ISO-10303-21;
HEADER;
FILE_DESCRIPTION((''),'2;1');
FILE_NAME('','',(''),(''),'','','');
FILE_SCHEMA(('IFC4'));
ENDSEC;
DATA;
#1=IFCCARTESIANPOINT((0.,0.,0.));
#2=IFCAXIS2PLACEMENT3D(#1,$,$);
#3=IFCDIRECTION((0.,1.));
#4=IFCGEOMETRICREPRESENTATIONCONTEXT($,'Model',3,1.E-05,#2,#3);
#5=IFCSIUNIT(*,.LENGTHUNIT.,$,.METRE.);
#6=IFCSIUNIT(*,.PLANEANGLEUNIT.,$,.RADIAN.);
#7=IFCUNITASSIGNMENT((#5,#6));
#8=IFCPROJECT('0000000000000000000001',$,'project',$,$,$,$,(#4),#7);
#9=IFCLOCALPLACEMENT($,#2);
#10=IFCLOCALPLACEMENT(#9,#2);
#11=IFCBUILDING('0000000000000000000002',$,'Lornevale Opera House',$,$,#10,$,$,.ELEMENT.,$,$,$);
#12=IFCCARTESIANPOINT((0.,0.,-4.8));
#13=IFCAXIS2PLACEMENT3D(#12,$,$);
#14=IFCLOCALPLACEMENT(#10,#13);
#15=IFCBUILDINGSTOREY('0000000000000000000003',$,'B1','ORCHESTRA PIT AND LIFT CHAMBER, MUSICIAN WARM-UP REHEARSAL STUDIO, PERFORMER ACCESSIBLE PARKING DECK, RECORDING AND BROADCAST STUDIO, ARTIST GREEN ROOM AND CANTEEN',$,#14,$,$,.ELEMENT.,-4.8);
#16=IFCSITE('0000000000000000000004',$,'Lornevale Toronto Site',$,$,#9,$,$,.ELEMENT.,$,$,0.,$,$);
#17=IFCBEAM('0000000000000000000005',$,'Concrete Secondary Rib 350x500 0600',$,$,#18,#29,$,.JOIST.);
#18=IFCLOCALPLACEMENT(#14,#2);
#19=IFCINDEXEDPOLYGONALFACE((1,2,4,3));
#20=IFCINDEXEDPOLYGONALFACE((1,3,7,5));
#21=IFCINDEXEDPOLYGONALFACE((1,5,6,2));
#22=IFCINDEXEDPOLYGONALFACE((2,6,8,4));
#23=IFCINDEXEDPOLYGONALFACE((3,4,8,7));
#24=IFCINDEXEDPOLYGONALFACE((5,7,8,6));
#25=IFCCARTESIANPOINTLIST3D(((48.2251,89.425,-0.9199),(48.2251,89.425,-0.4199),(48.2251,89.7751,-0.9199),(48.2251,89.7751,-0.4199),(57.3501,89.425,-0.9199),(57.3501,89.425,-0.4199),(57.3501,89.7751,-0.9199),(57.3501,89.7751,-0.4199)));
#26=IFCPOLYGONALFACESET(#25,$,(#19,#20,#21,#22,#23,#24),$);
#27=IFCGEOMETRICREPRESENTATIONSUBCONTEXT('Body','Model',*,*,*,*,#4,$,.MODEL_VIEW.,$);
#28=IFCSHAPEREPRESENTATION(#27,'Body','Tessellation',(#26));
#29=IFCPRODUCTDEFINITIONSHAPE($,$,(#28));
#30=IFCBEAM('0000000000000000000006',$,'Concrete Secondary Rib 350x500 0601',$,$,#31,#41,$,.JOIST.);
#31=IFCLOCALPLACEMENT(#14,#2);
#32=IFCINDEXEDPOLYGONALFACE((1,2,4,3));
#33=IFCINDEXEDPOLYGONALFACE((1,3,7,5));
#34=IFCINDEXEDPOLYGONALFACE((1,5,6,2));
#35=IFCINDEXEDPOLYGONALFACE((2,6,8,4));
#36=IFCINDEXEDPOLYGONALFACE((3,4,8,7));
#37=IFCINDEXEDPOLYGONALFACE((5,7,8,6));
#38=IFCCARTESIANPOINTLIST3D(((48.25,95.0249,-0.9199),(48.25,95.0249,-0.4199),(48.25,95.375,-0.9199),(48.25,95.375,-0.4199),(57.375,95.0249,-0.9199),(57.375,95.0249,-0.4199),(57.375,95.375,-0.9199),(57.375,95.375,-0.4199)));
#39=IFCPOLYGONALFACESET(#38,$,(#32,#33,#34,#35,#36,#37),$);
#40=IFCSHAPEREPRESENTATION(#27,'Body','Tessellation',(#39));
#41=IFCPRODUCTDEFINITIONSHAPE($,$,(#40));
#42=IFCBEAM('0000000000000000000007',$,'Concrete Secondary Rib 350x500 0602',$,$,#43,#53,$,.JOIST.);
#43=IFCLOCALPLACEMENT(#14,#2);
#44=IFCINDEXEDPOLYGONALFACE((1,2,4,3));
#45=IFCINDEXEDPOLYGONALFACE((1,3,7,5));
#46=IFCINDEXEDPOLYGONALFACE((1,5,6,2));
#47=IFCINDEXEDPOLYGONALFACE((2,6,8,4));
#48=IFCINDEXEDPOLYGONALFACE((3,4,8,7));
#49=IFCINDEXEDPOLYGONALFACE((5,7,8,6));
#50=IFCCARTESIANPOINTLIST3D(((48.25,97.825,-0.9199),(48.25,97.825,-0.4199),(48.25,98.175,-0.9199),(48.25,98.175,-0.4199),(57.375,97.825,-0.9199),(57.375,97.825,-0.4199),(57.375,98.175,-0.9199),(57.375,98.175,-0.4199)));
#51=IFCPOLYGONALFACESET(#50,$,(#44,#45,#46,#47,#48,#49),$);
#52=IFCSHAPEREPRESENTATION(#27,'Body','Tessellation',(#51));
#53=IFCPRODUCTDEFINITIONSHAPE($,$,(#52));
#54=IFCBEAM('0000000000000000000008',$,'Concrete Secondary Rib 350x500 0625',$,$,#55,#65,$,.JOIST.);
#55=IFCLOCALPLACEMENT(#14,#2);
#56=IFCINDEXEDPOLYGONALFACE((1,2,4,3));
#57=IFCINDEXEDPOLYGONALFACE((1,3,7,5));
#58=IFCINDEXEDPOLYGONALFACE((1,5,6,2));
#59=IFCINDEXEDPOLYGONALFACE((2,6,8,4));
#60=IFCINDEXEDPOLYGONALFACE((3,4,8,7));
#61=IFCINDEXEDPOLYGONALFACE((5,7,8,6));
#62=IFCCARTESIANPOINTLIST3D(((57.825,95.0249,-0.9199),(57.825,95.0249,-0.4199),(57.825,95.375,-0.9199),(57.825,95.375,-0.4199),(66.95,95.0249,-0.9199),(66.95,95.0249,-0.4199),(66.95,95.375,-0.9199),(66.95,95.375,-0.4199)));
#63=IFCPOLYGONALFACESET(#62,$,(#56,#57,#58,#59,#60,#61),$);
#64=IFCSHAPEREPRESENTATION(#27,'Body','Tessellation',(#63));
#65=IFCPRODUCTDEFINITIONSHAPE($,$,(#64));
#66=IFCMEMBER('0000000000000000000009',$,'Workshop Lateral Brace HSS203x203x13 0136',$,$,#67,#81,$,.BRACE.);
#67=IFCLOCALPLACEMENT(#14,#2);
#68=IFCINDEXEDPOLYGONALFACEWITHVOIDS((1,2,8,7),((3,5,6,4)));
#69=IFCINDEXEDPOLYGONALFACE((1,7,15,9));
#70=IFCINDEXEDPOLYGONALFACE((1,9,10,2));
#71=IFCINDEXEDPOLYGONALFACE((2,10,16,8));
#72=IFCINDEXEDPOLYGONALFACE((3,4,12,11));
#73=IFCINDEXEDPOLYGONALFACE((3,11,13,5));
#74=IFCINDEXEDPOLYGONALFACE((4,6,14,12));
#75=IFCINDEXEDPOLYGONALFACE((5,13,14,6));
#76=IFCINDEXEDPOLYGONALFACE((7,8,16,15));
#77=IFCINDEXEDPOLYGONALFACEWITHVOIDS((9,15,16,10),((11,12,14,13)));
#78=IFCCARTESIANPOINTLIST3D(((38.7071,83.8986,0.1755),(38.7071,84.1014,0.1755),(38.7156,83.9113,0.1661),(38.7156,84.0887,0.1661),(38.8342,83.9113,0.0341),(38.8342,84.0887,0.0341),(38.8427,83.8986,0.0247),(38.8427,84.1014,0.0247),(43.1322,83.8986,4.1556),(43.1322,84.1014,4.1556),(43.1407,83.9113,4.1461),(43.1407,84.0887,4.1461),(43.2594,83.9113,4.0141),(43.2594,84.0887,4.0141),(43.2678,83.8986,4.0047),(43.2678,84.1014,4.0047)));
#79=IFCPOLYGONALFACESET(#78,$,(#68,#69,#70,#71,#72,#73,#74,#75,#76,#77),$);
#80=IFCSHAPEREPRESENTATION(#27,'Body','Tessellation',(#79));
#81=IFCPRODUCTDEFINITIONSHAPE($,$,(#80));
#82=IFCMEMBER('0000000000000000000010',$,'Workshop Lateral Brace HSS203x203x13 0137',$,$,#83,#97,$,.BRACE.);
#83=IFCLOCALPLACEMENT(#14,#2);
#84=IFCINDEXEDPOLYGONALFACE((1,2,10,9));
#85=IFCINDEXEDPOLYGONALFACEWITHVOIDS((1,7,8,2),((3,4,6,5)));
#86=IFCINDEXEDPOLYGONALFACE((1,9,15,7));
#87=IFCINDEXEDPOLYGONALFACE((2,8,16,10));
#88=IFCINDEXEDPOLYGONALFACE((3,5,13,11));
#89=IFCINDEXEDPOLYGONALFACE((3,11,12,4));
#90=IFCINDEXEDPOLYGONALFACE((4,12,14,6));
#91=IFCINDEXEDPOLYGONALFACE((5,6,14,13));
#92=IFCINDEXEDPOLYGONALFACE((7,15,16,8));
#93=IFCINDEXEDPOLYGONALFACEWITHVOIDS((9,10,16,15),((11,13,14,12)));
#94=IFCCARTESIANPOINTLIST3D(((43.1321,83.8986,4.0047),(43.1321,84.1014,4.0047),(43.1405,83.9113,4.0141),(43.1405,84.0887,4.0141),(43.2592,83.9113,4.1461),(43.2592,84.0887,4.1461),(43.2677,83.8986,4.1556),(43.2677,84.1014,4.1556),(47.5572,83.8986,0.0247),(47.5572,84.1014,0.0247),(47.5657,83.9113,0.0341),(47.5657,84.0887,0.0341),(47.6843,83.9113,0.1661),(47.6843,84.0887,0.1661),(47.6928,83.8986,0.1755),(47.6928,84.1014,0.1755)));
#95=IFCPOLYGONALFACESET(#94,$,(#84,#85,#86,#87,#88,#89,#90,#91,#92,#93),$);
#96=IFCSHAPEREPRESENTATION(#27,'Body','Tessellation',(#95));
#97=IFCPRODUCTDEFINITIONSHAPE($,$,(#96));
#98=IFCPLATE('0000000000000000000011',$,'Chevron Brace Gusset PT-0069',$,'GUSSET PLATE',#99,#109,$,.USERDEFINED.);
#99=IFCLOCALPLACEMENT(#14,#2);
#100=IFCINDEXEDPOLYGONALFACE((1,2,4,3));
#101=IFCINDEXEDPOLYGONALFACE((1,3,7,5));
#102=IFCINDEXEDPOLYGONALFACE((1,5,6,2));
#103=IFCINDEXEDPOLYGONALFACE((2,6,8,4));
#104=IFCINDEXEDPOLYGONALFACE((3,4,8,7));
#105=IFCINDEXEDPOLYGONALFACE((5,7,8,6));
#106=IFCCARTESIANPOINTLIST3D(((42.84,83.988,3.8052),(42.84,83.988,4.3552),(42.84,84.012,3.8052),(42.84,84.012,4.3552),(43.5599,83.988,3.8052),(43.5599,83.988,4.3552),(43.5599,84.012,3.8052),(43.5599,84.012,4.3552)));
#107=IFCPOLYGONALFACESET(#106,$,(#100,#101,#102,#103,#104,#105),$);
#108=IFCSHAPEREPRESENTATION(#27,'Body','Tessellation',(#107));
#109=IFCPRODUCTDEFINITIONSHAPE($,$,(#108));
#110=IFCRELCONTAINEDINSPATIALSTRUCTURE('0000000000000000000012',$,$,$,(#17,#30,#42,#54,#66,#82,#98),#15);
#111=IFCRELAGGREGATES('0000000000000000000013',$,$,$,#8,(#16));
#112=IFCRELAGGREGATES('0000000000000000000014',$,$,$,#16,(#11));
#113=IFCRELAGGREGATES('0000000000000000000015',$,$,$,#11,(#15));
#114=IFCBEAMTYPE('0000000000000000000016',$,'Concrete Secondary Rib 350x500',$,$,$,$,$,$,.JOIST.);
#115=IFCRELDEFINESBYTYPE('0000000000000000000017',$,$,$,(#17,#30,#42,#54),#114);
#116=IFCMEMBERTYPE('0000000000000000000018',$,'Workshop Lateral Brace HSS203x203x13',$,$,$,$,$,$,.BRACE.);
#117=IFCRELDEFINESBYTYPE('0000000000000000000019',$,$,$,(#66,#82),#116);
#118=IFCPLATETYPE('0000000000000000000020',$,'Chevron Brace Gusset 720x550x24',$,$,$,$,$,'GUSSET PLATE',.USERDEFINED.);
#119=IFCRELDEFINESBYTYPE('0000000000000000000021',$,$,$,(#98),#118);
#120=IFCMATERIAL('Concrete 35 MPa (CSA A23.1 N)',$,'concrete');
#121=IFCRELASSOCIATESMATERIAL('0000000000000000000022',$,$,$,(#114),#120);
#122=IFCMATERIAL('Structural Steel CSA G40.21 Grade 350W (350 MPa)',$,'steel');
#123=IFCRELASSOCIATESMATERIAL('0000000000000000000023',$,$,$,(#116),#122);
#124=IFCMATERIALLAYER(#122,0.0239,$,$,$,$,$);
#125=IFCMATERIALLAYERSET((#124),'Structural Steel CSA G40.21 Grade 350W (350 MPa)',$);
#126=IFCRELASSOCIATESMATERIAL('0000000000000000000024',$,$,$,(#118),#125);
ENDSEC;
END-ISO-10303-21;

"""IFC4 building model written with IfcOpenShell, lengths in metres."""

from ifc_helpers import new_model, si_unit, direction, frame, origin, origin_2d, place, context, subcontext, project, spatial, rectangle, hollow_rectangle, extrude, material, layer, layer_set, material_profile, profile_set, type_object, element, save


model = new_model("IFC4")

# Units and contexts
model_context = context("Model", 3, precision=1e-05, world=origin(), true_north=direction((0.0, 1.0)))
body_context = subcontext(model_context, "Body", "Model", "MODEL_VIEW")
ifc_project = project(units=[si_unit("LENGTHUNIT", "METRE"), si_unit("PLANEANGLEUNIT", "RADIAN")], contexts=[model_context])

# Site, building, storey
site_placement = place(None, origin())
site = spatial("IfcSite", under=ifc_project, at=site_placement, Name="Lornevale Toronto Site", CompositionType="ELEMENT", RefElevation=0.0)
building_placement = place(site_placement, origin())
building = spatial("IfcBuilding", under=site, at=building_placement, Name="Lornevale Opera House", CompositionType="ELEMENT")
storey_placement = place(building_placement, frame((0.0, 0.0, -4.8)))
storey = spatial("IfcBuildingStorey", under=building, at=storey_placement, Name="B1", Description="ORCHESTRA PIT AND LIFT CHAMBER, MUSICIAN WARM-UP REHEARSAL STUDIO, PERFORMER ACCESSIBLE PARKING DECK, RECORDING AND BROADCAST STUDIO, ARTIST GREEN ROOM AND CANTEEN", CompositionType="ELEMENT", Elevation=-4.8)

# Beams
ifc_material_1 = material(Name="Concrete 35 MPa (CSA A23.1 N)", Category="concrete")
ifc_material_profile_1 = material_profile(ifc_material_1, rectangle(XDim=0.3501, YDim=0.5, at=origin_2d()), Name="RC350x500")
ifc_profile_set_1 = profile_set([ifc_material_profile_1], Name="Concrete 35 MPa (CSA A23.1 N)")
beam_type_1 = type_object("IfcBeamType", Name="Concrete Secondary Rib 350x500", PredefinedType="JOIST", material=ifc_profile_set_1)
for number, where, z_axis, x_axis, name in (
    (1, (48.2251, 89.6001, -0.6699), (1.0, 0.0, 0.0), (0.0, 1.0, 0.0), "Concrete Secondary Rib 350x500 0600"),
    (2, (48.25, 95.2, -0.6699), (1.0, 0.0, 0.0), (0.0, 1.0, 0.0), "Concrete Secondary Rib 350x500 0601"),
    (3, (48.25, 98.0, -0.6699), (1.0, 0.0, 0.0), (0.0, 1.0, 0.0), "Concrete Secondary Rib 350x500 0602"),
    (4, (57.825, 95.2, -0.6699), (1.0, 0.0, 0.0), (0.0, 1.0, 0.0), "Concrete Secondary Rib 350x500 0625"),
):
    element("IfcBeam", number, at=place(storey_placement, frame(where, z_axis=z_axis, x_axis=x_axis)), inside=storey, type_object=beam_type_1, Name=name, PredefinedType="JOIST", context=body_context, shape_type="SweptSolid", body=[
        extrude(rectangle(XDim=0.3501, YDim=0.5, at=origin_2d()), origin(), (0.0, 0.0, 1.0), 9.125),
    ])

# Members
ifc_material_2 = material(Name="Structural Steel CSA G40.21 Grade 350W (350 MPa)", Category="steel")
ifc_material_profile_2 = material_profile(ifc_material_2, hollow_rectangle(XDim=0.2029, YDim=0.2029, WallThickness=0.0127, at=origin_2d()), Name="HSS203x203x13")
ifc_profile_set_2 = profile_set([ifc_material_profile_2], Name="Structural Steel CSA G40.21 Grade 350W (350 MPa)")
member_type = type_object("IfcMemberType", Name="Workshop Lateral Brace HSS203x203x13", PredefinedType="BRACE", material=ifc_profile_set_2)
for number, where, z_axis, x_axis, name in (
    (5, (38.7749, 84.0, 0.1001), (0.743508, 0.0, 0.668727), (0.0, 1.0, 0.0), "Workshop Lateral Brace HSS203x203x13 0136"),
    (6, (47.625, 84.0, 0.1001), (-0.743508, 0.0, 0.668727), (0.0, -1.0, 0.0), "Workshop Lateral Brace HSS203x203x13 0137"),
):
    element("IfcMember", number, at=place(storey_placement, frame(where, z_axis=z_axis, x_axis=x_axis)), inside=storey, type_object=member_type, Name=name, PredefinedType="BRACE", context=body_context, shape_type="SweptSolid", body=[
        extrude(hollow_rectangle(XDim=0.2029, YDim=0.2029, WallThickness=0.0127, at=origin_2d()), origin(), (0.0, 0.0, 1.0), 5.9517),
    ])

# Plate
ifc_layer = layer(ifc_material_2, 0.0239)
ifc_layer_set = layer_set([ifc_layer], Name="Structural Steel CSA G40.21 Grade 350W (350 MPa)")
plate_type = type_object("IfcPlateType", Name="Chevron Brace Gusset 720x550x24", ElementType="GUSSET PLATE", PredefinedType="USERDEFINED", material=ifc_layer_set)
plate_placement = place(storey_placement, frame((43.2, 84.0, 3.8052), z_axis=(0.0, 0.0, 1.0), x_axis=(1.0, 0.0, 0.0)))
element("IfcPlate", 7, at=plate_placement, inside=storey, type_object=plate_type, Name="Chevron Brace Gusset PT-0069", ObjectType="GUSSET PLATE", PredefinedType="USERDEFINED", context=body_context, shape_type="SweptSolid", body=[
    extrude(rectangle(XDim=0.72, YDim=0.0239, at=origin_2d()), origin(), (0.0, 0.0, 1.0), 0.55),
])

save(model, "model.ifc")
